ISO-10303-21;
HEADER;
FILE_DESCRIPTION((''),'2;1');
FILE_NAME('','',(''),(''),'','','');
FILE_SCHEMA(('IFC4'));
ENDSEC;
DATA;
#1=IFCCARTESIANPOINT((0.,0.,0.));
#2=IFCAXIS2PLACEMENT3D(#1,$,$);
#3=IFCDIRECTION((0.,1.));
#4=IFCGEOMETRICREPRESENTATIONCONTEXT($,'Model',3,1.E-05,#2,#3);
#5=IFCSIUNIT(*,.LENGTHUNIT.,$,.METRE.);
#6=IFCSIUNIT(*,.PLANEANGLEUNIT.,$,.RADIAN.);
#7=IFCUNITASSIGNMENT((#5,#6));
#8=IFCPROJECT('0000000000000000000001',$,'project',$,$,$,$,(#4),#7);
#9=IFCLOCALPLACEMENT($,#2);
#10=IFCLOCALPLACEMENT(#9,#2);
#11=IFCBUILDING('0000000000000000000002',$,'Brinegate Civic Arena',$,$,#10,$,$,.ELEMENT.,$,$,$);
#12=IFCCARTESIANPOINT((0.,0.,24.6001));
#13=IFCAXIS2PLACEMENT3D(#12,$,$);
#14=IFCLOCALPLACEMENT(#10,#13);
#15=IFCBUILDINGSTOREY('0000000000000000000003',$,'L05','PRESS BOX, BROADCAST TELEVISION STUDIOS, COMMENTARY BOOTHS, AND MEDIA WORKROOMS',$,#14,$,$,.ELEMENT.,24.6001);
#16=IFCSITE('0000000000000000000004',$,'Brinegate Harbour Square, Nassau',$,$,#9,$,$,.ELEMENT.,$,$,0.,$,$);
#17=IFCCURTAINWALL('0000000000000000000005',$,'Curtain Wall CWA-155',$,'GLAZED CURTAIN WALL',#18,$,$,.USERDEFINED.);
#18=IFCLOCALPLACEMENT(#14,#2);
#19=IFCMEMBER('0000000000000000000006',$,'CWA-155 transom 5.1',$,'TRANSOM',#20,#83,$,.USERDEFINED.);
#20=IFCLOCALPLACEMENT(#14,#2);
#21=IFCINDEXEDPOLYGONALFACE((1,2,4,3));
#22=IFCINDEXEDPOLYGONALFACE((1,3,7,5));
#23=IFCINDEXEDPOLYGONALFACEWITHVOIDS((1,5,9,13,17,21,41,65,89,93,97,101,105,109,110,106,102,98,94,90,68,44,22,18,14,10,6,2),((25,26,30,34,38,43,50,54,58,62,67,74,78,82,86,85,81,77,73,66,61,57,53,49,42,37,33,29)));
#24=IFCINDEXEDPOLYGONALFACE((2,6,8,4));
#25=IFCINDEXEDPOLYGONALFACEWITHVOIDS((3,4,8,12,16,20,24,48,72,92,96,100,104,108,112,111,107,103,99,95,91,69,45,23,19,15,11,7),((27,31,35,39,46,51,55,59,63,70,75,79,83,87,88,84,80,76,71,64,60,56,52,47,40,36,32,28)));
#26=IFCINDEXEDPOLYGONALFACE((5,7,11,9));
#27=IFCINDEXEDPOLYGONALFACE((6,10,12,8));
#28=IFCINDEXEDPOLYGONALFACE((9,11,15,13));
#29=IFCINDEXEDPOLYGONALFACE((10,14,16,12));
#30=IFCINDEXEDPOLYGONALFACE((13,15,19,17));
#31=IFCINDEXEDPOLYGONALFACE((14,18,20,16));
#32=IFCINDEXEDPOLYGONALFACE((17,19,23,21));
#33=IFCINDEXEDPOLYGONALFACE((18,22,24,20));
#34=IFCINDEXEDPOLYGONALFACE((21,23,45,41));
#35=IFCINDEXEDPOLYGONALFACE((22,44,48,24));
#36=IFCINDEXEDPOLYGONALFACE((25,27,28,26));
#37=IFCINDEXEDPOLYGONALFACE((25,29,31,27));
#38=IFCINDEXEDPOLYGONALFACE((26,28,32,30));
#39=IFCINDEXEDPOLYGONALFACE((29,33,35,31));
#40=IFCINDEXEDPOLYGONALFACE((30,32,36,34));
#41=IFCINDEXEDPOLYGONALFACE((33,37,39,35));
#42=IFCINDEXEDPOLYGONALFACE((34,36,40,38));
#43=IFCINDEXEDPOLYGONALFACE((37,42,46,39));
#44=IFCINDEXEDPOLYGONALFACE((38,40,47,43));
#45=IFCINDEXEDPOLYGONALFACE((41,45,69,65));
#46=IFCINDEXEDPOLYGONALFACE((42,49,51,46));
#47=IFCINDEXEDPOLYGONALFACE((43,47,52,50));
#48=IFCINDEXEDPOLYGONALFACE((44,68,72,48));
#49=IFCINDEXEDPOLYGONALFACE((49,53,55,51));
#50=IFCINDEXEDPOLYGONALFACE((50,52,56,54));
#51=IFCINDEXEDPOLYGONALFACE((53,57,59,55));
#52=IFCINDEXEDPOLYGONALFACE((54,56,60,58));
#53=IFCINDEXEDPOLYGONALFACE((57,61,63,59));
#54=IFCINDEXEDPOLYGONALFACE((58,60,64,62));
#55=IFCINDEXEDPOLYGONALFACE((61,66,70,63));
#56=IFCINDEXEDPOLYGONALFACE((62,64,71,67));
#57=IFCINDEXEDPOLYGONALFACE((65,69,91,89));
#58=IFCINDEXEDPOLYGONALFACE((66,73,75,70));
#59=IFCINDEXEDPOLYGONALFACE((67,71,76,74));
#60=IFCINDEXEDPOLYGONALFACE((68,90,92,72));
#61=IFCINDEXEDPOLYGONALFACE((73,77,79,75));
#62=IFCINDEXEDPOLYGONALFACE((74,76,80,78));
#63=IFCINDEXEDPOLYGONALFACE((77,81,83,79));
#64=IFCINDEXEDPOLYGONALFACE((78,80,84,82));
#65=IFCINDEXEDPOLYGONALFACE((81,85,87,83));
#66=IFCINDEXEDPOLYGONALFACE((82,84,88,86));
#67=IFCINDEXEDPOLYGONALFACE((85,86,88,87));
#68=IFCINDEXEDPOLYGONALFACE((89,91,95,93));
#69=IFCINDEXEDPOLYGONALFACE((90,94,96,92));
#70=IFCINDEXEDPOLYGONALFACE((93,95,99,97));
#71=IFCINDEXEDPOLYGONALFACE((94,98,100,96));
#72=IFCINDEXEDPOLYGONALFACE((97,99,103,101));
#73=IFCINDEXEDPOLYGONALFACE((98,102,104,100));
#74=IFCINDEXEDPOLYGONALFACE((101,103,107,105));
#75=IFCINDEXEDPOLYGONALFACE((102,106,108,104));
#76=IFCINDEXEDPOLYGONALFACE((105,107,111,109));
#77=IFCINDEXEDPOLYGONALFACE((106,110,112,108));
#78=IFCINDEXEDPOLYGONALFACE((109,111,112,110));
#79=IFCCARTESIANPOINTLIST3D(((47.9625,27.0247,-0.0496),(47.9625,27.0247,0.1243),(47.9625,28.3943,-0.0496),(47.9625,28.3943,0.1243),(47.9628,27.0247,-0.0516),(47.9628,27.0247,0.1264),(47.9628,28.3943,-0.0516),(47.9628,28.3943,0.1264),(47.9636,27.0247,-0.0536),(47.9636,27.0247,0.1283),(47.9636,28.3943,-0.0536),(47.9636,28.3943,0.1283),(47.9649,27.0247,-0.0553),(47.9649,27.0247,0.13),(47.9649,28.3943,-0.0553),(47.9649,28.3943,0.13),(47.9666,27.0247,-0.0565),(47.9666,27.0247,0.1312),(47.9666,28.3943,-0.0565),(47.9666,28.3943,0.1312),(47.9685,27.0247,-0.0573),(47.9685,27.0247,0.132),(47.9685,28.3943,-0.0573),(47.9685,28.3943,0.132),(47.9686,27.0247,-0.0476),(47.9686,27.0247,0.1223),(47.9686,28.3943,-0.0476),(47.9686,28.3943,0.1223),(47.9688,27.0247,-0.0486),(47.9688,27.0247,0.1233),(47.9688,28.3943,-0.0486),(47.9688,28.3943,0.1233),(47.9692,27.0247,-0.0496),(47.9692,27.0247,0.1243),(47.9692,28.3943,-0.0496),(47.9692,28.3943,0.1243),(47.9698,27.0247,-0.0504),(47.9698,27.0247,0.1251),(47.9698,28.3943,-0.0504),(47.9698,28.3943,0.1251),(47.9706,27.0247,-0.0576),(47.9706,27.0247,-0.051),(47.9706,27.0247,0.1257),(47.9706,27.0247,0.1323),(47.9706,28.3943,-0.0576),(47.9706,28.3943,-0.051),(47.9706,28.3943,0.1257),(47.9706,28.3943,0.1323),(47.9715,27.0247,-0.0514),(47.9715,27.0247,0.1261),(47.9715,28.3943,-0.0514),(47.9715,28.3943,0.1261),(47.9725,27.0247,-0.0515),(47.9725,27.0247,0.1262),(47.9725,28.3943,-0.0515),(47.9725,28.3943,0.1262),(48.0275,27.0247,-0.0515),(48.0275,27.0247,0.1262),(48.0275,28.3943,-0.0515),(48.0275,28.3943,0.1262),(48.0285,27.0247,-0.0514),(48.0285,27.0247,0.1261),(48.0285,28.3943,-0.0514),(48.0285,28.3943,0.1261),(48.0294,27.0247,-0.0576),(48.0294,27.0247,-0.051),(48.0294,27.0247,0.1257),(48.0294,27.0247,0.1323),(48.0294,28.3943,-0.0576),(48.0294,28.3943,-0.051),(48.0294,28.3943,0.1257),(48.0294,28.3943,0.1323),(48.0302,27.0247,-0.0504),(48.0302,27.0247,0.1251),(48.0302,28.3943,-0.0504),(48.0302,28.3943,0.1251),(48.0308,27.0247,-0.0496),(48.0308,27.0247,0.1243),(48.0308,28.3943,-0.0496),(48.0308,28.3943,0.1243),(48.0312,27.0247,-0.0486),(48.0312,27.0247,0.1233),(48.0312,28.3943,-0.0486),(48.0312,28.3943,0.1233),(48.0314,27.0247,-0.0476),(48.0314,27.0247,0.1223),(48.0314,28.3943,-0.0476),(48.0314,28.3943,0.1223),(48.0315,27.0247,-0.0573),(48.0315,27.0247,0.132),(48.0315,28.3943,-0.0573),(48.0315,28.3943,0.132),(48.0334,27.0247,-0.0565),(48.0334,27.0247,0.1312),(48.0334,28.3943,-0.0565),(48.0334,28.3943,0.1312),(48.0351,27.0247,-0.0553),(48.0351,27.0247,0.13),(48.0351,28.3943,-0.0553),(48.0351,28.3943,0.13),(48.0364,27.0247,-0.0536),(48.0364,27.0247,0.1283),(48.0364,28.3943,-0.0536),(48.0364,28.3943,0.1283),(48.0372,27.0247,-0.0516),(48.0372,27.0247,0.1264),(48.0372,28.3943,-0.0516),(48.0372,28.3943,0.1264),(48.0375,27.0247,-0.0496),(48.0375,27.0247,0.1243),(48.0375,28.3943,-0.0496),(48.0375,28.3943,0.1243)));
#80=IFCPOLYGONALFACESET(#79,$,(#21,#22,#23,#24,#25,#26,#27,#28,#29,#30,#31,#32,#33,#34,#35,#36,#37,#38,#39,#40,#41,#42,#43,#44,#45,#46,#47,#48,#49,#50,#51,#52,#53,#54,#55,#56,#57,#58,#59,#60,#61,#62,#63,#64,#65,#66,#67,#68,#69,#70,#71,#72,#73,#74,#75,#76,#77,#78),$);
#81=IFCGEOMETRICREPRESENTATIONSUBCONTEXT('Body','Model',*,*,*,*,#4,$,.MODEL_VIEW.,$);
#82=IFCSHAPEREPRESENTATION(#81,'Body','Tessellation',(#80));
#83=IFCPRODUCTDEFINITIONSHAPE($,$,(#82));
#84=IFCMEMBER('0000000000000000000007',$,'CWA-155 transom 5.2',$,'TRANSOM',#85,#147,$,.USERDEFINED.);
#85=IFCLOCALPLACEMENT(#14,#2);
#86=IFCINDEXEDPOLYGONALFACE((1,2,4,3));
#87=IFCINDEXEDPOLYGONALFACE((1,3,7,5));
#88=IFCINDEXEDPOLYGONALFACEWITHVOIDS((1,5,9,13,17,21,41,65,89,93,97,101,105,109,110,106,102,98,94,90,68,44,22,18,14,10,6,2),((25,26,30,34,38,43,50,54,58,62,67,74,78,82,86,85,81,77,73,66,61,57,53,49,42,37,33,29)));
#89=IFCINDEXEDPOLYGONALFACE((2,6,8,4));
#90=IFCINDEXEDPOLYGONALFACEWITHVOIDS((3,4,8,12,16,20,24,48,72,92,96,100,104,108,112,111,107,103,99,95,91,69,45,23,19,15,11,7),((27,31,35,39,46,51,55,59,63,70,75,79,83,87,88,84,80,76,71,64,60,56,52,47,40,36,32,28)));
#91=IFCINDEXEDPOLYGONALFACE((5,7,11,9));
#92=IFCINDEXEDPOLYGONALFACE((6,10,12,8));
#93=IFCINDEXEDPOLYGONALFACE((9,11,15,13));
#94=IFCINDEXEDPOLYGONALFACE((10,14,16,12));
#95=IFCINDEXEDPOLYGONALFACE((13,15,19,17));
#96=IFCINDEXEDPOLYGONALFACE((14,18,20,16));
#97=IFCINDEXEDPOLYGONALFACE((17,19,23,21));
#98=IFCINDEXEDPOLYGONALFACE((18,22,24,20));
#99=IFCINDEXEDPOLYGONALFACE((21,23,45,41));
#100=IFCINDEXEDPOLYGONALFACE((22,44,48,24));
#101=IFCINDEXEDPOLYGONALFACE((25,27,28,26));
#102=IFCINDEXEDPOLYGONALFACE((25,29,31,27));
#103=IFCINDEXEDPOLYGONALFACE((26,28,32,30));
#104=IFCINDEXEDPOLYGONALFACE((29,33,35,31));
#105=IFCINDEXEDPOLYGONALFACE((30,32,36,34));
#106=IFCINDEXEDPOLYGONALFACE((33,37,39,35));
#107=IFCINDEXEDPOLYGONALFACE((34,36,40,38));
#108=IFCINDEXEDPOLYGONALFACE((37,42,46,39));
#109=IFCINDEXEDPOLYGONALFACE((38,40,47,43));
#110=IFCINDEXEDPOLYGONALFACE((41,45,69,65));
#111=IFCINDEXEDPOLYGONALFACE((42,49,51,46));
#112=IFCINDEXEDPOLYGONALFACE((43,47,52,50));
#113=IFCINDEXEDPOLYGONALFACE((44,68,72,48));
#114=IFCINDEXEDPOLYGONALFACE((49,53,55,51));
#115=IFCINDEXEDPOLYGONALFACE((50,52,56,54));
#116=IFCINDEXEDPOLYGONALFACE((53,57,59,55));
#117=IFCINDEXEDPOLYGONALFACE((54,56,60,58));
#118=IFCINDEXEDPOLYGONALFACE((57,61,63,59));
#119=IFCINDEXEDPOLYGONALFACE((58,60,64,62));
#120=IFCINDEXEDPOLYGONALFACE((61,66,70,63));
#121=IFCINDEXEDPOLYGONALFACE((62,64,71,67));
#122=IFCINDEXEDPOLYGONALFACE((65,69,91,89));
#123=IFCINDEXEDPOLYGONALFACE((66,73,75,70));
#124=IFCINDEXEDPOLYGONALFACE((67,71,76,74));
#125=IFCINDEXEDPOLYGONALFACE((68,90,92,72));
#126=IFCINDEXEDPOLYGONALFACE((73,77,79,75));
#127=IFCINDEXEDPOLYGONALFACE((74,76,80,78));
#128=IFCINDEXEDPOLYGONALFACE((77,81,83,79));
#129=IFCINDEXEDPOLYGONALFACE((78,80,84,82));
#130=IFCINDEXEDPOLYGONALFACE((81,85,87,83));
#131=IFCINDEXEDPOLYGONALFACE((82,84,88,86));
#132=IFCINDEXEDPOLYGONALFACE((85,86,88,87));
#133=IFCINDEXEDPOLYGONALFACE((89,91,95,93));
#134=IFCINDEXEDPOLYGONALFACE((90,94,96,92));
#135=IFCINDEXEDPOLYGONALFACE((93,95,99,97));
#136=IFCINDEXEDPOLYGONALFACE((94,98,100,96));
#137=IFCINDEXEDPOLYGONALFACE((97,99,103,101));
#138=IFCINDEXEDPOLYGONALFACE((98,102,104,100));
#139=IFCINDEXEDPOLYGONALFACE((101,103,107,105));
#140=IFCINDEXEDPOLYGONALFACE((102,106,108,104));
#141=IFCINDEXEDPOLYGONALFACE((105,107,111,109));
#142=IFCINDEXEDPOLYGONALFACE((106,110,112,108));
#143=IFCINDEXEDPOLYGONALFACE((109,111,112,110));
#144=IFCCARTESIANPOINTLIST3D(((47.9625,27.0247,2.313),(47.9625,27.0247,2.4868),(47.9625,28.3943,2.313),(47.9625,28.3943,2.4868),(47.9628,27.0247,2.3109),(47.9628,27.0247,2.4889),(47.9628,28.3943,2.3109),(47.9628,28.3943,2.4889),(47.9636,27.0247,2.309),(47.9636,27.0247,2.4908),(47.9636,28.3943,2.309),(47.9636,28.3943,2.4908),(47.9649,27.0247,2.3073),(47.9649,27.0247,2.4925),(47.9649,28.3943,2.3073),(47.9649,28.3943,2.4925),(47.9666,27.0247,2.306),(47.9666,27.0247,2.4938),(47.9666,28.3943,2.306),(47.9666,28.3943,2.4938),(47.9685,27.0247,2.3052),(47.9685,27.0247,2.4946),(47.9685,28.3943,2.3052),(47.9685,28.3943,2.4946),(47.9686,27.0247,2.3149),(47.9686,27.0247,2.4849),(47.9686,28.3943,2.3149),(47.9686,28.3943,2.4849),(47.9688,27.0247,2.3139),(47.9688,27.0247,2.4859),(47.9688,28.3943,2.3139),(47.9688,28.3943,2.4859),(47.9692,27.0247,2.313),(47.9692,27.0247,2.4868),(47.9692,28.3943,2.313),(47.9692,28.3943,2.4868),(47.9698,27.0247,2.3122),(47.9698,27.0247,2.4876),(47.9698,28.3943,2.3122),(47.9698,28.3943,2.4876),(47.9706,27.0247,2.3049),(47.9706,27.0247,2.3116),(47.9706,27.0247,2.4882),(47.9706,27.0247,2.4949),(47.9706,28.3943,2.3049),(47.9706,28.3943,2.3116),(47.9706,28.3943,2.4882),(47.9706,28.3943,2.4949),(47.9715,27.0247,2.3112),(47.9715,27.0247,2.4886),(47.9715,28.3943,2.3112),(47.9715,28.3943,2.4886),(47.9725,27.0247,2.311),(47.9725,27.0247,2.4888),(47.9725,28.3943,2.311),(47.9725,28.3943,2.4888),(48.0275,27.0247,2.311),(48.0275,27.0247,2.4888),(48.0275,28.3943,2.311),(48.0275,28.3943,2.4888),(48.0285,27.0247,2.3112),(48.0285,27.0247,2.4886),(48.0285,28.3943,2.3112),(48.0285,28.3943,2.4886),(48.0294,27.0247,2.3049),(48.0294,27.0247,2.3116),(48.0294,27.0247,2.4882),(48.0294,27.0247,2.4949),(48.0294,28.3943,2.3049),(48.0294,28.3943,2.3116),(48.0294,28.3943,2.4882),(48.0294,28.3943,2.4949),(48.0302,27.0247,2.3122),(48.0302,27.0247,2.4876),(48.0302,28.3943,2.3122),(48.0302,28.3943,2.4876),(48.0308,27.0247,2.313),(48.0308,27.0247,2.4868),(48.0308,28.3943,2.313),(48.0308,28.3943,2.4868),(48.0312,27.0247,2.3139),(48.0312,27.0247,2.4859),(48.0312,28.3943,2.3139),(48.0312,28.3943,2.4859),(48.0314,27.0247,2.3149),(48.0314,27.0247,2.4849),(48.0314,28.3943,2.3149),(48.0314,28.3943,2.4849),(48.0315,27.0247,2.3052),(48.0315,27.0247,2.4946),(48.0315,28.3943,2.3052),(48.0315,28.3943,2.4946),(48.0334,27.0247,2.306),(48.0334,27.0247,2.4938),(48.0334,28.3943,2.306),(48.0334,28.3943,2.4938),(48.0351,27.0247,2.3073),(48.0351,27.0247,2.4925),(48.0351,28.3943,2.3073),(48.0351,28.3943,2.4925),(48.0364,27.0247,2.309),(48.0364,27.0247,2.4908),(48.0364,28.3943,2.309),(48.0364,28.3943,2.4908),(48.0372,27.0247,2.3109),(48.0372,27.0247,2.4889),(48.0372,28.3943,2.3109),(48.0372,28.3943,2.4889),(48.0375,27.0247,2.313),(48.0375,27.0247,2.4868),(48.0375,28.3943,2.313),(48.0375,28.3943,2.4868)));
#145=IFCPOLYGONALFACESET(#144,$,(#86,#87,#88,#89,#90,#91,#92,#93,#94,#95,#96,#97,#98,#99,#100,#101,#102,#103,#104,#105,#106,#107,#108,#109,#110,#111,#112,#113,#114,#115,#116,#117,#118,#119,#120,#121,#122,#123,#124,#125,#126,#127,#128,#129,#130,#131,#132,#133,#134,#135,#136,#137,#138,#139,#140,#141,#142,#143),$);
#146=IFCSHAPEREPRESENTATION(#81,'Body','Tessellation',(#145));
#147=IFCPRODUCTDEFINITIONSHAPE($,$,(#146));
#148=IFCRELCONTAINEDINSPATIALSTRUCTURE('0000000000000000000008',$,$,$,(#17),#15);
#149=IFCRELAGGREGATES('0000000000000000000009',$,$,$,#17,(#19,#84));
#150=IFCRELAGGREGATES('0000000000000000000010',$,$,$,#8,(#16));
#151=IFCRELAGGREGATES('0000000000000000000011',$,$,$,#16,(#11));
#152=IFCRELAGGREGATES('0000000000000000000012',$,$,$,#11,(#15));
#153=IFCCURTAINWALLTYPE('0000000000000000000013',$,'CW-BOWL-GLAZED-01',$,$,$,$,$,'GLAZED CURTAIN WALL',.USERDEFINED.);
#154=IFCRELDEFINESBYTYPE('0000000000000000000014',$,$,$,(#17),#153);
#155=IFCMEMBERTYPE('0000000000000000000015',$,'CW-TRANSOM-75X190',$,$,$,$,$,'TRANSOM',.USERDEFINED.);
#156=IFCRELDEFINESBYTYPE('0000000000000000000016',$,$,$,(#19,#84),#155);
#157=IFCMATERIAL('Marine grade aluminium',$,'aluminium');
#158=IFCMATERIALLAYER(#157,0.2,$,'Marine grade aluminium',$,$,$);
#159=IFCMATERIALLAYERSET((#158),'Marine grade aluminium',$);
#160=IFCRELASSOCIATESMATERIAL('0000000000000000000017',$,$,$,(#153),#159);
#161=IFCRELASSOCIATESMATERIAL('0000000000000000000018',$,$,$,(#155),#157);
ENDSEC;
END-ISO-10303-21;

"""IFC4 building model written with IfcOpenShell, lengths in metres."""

from ifc_helpers import new_model, si_unit, direction, frame, origin, origin_2d, place, context, subcontext, project, spatial, hollow_rectangle, extrude, material, layer, layer_set, material_profile, profile_set, type_object, element, aggregate, save


model = new_model("IFC4")

# Units and contexts
model_context = context("Model", 3, precision=1e-05, world=origin(), true_north=direction((0.0, 1.0)))
body_context = subcontext(model_context, "Body", "Model", "MODEL_VIEW")
ifc_project = project(units=[si_unit("LENGTHUNIT", "METRE"), si_unit("PLANEANGLEUNIT", "RADIAN")], contexts=[model_context])

# Site, building, storey
site_placement = place(None, origin())
site = spatial("IfcSite", under=ifc_project, at=site_placement, Name="Brinegate Harbour Square, Nassau", CompositionType="ELEMENT", RefElevation=0.0)
building_placement = place(site_placement, origin())
building = spatial("IfcBuilding", under=site, at=building_placement, Name="Brinegate Civic Arena", CompositionType="ELEMENT")
storey_placement = place(building_placement, frame((0.0, 0.0, 24.6001)))
storey = spatial("IfcBuildingStorey", under=building, at=storey_placement, Name="L05", Description="PRESS BOX, BROADCAST TELEVISION STUDIOS, COMMENTARY BOOTHS, AND MEDIA WORKROOMS", CompositionType="ELEMENT", Elevation=24.6001)

# Curtain wall, members
ifc_material_1 = material(Name="Marine grade aluminium", Category="aluminium")
ifc_layer_1 = layer(ifc_material_1, 0.2, Name="Marine grade aluminium")
ifc_layer_set_1 = layer_set([ifc_layer_1], Name="Marine grade aluminium")
curtain_wall_type = type_object("IfcCurtainWallType", Name="CW-BOWL-GLAZED-01", ElementType="GLAZED CURTAIN WALL", PredefinedType="USERDEFINED", material=ifc_layer_set_1)
curtain_wall_placement = place(storey_placement, origin())
curtain_wall = element("IfcCurtainWall", 1, at=curtain_wall_placement, inside=storey, type_object=curtain_wall_type, Name="Curtain Wall CWA-155", ObjectType="GLAZED CURTAIN WALL", PredefinedType="USERDEFINED")
ifc_material_profile_1 = material_profile(ifc_material_1, hollow_rectangle(XDim=0.075, YDim=0.1899, WallThickness=0.0061, InnerFilletRadius=0.0039, OuterFilletRadius=0.0081, at=origin_2d()), Name="TRN75X190")
ifc_profile_set_1 = profile_set([ifc_material_profile_1], Name="Marine grade aluminium")
member_type_1 = type_object("IfcMemberType", Name="CW-TRANSOM-75X190", ElementType="TRANSOM", PredefinedType="USERDEFINED", material=ifc_profile_set_1)
member_1_placement = place(storey_placement, frame((48.0, 27.0247, 0.0374), z_axis=(0.0, 1.0, 0.0), x_axis=(-1.0, 0.0, 0.0)))
member_1 = element("IfcMember", 2, at=member_1_placement, type_object=member_type_1, Name="CWA-155 transom 5.1", ObjectType="TRANSOM", PredefinedType="USERDEFINED", context=body_context, shape_type="SweptSolid", body=[
    extrude(hollow_rectangle(XDim=0.075, YDim=0.1899, WallThickness=0.0061, InnerFilletRadius=0.0039, OuterFilletRadius=0.0081, at=origin_2d()), origin(), (0.0, 0.0, 1.0), 1.3696),
])
member_2_placement = place(storey_placement, frame((48.0, 27.0247, 2.3999), z_axis=(0.0, 1.0, 0.0), x_axis=(-1.0, 0.0, 0.0)))
member_2 = element("IfcMember", 3, at=member_2_placement, type_object=member_type_1, Name="CWA-155 transom 5.2", ObjectType="TRANSOM", PredefinedType="USERDEFINED", context=body_context, shape_type="SweptSolid", body=[
    extrude(hollow_rectangle(XDim=0.075, YDim=0.1899, WallThickness=0.0061, InnerFilletRadius=0.0039, OuterFilletRadius=0.0081, at=origin_2d()), origin(), (0.0, 0.0, 1.0), 1.3696),
])

aggregate(curtain_wall, [member_1, member_2])

save(model, "model.ifc")
